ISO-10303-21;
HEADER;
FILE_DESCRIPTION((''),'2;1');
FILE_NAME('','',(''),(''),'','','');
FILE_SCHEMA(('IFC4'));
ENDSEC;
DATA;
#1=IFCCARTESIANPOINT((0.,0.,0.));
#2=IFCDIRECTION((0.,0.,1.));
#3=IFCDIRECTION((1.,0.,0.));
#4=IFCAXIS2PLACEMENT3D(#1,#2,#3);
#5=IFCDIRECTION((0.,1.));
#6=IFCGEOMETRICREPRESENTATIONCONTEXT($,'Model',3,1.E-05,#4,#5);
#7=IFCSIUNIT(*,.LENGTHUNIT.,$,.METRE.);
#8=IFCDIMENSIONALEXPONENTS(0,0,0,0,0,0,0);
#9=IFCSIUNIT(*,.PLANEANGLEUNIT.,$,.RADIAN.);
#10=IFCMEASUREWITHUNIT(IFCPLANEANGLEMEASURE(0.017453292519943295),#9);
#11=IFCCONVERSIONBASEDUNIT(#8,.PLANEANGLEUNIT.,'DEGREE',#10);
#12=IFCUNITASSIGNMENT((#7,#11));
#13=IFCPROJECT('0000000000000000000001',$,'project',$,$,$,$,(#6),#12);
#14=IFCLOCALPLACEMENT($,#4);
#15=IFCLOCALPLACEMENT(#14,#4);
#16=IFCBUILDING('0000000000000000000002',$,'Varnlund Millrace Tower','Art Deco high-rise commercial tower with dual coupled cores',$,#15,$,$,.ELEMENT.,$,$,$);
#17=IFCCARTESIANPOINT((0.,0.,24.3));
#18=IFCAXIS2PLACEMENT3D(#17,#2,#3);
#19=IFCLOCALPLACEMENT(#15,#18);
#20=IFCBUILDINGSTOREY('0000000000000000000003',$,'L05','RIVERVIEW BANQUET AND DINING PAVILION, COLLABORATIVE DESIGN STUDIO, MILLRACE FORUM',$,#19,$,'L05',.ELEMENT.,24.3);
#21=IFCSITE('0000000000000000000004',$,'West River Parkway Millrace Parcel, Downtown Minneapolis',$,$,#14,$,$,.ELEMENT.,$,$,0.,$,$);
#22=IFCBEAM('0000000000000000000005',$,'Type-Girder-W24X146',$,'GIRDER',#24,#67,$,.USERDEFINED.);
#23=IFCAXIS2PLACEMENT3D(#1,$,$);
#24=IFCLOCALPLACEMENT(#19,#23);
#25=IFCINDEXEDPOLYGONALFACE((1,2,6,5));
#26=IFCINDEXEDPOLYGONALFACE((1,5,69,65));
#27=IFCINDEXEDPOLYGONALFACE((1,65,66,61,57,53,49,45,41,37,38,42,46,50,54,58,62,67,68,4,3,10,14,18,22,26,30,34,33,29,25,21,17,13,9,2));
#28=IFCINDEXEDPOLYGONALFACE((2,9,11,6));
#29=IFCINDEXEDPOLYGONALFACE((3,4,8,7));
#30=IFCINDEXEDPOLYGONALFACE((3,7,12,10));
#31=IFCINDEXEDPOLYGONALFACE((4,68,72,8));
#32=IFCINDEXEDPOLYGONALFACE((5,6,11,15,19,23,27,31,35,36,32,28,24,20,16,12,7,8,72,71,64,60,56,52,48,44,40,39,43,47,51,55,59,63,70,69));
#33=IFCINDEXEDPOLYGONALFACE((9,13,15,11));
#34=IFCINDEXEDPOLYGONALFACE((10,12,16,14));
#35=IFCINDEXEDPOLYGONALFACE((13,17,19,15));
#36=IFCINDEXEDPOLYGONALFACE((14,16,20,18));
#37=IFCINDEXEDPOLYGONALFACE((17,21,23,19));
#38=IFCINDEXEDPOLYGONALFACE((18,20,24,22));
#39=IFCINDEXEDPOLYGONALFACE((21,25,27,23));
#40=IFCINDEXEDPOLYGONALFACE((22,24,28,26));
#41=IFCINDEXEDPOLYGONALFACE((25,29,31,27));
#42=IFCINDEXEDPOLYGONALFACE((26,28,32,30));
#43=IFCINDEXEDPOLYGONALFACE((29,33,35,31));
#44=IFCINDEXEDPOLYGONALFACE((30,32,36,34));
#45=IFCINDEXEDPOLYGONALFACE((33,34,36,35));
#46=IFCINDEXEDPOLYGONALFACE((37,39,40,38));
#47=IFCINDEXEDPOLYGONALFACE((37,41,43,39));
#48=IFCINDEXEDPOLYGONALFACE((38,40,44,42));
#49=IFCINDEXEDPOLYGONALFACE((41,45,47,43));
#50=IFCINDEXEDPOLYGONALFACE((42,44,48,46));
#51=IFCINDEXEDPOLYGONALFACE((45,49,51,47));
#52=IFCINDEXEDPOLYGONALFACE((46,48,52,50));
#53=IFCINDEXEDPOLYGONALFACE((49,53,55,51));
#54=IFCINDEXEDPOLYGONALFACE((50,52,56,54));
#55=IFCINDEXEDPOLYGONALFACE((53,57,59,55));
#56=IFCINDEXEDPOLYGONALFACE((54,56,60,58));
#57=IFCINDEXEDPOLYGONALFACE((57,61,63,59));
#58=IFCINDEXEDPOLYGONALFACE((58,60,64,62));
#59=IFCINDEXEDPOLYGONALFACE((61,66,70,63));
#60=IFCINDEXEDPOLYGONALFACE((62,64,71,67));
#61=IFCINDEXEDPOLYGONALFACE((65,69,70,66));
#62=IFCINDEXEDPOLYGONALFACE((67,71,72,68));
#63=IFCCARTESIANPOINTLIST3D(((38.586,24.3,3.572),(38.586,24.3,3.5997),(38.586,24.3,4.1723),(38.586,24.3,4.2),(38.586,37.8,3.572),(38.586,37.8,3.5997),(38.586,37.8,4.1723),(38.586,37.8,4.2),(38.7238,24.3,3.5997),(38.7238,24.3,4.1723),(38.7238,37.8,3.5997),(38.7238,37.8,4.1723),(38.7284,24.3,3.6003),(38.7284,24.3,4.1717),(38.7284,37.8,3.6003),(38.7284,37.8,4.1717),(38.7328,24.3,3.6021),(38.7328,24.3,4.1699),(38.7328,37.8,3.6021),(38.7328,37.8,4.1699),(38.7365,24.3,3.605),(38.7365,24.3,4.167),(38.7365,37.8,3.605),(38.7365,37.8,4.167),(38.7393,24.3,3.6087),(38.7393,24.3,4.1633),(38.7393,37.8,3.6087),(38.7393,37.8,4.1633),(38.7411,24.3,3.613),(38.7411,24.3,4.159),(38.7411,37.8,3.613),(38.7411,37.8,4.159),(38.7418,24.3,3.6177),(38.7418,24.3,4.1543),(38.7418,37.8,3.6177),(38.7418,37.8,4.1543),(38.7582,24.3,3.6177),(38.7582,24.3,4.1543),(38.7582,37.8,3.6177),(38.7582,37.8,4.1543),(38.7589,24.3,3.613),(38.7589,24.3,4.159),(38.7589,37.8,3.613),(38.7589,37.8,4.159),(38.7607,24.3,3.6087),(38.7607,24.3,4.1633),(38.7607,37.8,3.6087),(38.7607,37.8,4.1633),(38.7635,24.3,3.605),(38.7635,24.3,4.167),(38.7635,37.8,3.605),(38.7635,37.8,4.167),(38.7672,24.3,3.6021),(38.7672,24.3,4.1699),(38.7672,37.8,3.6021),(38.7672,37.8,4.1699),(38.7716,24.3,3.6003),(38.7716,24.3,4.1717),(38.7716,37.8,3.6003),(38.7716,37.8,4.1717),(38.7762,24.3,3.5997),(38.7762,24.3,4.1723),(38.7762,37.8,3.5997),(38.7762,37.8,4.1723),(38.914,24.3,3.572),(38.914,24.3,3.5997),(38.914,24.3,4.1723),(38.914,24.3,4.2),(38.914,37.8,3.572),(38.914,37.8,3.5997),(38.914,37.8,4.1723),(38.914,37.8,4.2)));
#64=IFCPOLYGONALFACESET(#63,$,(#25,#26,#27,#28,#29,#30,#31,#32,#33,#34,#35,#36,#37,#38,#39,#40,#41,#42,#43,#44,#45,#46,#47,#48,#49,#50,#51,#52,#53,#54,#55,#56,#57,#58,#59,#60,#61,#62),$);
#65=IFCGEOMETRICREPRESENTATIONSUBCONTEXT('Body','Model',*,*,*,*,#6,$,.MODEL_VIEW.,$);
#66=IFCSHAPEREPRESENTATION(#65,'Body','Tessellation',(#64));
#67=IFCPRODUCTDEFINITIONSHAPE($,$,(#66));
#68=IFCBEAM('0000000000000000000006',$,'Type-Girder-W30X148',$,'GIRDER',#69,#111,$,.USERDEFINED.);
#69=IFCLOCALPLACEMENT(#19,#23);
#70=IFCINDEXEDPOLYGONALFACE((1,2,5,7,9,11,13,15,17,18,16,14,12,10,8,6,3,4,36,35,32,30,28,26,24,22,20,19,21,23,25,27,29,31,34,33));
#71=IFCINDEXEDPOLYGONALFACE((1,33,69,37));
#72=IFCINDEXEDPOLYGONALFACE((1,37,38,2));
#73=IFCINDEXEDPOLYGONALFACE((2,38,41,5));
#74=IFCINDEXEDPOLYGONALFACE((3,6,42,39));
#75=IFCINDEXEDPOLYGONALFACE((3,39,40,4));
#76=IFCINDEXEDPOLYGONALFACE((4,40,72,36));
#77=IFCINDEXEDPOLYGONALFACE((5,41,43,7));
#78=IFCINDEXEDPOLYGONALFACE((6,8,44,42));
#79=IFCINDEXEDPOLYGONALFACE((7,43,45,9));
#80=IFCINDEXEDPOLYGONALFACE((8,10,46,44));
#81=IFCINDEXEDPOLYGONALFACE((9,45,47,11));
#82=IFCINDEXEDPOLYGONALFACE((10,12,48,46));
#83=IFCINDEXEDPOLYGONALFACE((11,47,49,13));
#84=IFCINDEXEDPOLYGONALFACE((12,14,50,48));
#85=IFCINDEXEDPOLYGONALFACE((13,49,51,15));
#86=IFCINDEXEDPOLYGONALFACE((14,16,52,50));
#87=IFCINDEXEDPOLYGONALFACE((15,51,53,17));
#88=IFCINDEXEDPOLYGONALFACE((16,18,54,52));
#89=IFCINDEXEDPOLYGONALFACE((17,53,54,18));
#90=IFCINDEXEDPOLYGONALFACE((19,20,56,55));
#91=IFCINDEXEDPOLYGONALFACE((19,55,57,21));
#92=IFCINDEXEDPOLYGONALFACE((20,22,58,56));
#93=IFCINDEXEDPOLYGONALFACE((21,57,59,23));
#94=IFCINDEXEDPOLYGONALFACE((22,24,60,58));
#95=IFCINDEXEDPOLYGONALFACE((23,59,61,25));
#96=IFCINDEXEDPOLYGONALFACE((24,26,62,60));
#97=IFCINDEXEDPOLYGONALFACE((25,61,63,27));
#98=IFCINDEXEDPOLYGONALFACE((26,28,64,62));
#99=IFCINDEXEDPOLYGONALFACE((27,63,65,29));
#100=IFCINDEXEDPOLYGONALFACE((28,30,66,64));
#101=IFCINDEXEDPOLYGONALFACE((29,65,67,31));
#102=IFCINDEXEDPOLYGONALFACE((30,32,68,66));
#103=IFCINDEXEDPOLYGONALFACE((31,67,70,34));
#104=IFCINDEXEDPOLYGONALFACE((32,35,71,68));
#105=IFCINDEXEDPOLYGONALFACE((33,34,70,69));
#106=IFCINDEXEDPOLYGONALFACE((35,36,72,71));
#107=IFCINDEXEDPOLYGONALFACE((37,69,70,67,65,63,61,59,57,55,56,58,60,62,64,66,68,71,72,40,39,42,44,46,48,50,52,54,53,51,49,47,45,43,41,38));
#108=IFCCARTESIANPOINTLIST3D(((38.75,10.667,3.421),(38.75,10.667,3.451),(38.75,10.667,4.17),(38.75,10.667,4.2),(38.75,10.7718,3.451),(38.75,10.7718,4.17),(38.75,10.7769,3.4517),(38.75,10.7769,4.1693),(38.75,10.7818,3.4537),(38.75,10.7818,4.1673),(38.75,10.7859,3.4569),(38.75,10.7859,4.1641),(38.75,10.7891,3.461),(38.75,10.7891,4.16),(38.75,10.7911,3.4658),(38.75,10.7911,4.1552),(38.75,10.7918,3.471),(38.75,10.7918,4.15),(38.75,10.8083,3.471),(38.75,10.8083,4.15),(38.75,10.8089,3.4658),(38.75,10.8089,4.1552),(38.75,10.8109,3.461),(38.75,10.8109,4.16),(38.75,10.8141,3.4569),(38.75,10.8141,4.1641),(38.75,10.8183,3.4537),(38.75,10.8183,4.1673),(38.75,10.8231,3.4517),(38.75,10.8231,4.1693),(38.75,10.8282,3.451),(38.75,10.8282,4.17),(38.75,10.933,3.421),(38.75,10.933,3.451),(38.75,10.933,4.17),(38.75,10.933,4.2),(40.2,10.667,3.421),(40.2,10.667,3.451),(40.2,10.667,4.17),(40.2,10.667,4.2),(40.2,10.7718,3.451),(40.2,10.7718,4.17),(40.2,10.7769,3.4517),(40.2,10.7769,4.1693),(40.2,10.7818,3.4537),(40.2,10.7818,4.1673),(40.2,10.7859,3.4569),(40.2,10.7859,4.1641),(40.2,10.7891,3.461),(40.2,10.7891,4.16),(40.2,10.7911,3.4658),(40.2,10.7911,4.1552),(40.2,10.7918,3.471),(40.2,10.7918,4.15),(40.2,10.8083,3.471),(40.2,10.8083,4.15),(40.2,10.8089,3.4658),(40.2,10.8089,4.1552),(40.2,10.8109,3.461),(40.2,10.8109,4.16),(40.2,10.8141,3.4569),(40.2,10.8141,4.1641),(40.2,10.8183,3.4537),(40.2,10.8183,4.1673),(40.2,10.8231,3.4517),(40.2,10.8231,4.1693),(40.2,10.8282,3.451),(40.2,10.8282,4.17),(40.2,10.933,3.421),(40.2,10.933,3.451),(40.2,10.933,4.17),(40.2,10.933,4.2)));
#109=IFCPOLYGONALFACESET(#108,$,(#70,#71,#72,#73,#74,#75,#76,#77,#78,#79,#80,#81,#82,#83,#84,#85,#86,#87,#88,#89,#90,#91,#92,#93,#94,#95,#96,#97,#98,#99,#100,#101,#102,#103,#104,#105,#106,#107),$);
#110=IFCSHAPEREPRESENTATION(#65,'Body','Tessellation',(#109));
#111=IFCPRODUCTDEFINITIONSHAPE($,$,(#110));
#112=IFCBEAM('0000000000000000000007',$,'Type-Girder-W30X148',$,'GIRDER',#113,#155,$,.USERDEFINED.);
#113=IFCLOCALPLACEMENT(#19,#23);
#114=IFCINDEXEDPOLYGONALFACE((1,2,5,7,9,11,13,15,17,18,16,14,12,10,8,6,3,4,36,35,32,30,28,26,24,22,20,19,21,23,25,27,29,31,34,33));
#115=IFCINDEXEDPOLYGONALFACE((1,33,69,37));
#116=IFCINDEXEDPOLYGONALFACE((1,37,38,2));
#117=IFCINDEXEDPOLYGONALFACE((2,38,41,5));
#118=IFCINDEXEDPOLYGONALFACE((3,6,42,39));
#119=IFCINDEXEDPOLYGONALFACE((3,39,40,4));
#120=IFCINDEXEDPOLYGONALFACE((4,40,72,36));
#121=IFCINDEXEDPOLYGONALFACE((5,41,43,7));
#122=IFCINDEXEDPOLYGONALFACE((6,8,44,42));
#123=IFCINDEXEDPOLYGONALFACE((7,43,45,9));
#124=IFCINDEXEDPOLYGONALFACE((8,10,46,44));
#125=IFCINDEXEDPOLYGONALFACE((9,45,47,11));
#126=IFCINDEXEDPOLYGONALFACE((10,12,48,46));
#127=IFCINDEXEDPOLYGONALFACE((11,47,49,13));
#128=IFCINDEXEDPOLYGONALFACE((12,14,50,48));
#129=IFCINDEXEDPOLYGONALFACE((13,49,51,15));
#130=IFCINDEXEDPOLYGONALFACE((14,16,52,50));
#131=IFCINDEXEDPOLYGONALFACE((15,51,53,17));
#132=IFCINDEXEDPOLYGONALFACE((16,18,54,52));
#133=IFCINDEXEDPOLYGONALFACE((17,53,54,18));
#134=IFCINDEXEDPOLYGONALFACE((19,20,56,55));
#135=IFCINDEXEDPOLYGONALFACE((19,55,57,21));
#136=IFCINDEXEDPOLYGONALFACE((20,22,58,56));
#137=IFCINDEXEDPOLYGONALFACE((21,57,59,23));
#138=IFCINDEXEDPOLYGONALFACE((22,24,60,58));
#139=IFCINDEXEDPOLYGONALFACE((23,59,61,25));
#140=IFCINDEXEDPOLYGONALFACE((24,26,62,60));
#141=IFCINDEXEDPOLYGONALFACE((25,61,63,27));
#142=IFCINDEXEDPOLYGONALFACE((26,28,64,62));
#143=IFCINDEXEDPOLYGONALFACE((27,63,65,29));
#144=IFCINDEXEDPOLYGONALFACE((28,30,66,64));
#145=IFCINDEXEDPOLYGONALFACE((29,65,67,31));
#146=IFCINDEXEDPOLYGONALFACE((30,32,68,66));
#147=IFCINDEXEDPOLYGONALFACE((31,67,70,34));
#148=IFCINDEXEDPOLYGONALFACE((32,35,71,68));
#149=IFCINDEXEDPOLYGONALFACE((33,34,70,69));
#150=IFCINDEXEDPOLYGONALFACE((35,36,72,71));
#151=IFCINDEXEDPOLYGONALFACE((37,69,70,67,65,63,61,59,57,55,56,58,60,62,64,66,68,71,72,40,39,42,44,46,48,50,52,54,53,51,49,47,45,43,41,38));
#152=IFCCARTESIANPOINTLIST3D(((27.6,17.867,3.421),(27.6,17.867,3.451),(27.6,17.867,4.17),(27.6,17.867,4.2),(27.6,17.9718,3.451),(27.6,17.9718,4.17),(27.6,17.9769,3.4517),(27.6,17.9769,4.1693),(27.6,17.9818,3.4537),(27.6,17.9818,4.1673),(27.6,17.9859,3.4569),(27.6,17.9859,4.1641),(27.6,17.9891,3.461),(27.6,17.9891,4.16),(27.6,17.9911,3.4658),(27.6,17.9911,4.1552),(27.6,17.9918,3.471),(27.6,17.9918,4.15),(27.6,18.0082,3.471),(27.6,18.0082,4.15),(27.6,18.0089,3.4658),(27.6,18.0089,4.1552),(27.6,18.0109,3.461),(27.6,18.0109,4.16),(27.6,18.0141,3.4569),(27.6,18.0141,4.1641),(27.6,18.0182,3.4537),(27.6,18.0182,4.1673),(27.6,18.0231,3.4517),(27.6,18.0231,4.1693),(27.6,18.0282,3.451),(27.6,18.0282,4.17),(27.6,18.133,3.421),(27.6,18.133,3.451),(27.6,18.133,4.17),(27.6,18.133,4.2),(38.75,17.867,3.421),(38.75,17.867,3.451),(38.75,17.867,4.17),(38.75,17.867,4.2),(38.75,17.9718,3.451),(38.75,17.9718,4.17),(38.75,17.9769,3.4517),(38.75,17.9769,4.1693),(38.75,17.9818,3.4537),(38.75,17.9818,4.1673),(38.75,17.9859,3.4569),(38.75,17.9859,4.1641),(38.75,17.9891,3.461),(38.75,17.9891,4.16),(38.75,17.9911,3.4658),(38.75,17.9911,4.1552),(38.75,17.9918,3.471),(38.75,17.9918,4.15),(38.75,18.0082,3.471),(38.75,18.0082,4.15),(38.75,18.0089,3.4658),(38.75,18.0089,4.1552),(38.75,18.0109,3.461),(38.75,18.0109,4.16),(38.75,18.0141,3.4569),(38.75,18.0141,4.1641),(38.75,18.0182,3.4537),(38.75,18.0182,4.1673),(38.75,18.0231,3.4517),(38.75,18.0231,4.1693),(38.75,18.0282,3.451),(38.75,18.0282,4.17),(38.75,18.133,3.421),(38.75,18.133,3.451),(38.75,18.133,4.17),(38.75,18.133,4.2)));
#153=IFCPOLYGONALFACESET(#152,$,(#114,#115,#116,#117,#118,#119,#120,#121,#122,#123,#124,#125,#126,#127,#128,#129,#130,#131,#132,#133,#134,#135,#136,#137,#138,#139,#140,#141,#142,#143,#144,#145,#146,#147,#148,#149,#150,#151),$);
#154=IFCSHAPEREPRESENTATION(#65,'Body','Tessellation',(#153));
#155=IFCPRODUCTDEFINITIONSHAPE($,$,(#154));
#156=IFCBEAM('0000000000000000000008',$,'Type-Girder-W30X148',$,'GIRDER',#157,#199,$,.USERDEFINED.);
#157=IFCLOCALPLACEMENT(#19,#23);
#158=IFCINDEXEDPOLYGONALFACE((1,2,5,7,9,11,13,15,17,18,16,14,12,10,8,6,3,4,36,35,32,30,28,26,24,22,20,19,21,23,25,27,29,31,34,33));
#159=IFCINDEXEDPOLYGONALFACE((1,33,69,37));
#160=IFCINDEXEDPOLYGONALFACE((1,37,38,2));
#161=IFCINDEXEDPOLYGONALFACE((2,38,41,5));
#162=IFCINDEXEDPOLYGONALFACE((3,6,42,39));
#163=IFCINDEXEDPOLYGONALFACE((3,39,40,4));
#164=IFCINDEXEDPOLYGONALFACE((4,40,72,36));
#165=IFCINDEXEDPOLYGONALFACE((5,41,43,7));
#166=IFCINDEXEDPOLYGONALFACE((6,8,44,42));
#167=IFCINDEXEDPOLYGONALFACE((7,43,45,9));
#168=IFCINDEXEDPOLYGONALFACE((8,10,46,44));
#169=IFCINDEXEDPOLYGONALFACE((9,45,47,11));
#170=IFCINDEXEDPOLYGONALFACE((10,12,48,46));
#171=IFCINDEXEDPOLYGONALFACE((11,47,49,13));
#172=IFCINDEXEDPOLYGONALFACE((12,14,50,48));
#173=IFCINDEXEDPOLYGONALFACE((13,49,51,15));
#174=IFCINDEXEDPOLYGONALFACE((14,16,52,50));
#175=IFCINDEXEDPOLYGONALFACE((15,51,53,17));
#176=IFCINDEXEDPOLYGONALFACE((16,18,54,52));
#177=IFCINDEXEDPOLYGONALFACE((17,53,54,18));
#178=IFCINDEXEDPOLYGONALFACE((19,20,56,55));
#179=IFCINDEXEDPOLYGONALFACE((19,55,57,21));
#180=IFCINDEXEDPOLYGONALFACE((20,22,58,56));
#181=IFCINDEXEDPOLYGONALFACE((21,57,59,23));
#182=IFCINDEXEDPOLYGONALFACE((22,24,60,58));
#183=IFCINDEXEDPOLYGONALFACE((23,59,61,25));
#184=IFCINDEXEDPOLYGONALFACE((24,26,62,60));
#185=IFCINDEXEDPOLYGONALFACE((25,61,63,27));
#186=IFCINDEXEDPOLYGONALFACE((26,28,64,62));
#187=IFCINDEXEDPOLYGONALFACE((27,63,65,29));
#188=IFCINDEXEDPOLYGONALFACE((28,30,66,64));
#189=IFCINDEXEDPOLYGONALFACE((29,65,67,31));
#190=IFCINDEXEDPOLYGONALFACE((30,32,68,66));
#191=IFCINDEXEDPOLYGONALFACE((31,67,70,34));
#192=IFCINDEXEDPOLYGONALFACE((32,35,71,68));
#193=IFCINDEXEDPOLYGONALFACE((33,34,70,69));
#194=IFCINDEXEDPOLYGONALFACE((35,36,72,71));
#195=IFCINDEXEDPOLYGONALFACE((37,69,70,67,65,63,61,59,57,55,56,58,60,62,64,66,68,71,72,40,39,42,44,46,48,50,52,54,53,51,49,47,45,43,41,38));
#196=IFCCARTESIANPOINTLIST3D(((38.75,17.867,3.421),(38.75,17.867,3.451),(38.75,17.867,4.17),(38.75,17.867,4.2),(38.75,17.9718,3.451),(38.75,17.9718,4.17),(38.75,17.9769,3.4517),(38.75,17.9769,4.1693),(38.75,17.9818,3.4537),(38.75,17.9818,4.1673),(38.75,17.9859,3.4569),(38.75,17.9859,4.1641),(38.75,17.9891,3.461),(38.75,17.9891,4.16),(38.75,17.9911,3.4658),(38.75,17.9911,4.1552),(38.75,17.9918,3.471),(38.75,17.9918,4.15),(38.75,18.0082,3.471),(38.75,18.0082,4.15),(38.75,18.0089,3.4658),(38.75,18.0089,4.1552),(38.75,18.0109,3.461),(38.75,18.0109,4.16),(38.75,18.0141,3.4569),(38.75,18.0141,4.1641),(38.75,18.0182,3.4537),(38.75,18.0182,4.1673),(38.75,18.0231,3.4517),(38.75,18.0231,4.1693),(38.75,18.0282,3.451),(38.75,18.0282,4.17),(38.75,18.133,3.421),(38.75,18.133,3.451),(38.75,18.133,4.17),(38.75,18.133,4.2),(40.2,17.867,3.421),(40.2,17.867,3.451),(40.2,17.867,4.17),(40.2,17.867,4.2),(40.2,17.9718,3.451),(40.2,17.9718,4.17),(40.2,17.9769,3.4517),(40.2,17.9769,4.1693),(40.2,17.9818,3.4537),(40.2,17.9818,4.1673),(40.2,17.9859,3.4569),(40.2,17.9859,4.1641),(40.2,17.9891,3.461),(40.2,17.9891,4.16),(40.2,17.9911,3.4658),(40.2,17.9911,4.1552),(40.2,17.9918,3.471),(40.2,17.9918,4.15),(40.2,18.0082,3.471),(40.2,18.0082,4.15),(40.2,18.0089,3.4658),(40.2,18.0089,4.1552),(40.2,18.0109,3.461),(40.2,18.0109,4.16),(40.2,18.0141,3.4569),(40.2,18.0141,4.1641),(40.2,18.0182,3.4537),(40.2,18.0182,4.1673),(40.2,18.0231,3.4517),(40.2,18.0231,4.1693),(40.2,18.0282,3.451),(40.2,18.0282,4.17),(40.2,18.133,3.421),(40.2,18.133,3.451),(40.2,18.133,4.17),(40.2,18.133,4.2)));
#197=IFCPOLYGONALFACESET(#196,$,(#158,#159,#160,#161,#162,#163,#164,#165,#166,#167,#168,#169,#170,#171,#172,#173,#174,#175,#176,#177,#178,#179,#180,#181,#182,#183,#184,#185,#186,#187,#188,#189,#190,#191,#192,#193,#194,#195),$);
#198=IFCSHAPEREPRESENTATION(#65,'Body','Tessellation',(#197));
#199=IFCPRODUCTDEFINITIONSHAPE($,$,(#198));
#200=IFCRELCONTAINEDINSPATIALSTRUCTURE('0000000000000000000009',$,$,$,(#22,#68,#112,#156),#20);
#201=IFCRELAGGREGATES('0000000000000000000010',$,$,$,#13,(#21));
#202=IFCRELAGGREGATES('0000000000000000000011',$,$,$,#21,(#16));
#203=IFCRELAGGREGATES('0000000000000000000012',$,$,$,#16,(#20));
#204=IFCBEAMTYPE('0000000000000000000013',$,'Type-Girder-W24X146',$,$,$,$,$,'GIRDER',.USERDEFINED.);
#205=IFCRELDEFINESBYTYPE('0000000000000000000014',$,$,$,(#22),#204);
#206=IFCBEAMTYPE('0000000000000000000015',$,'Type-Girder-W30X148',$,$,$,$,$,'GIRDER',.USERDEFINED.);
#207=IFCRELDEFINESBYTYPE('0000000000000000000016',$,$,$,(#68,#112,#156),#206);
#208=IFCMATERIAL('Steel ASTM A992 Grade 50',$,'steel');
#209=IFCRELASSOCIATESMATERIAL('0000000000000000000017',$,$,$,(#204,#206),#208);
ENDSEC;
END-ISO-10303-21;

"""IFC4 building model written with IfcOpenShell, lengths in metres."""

from ifc_helpers import new_model, entity, si_unit, converted_unit, direction, frame, origin_with_axes, origin_2d_with_axis, place, context, subcontext, project, spatial, i_section, extrude, material, material_profile, profile_set, type_object, element, save


model = new_model("IFC4")

# Units and contexts
model_context = context("Model", 3, precision=1e-05, world=origin_with_axes(), true_north=direction((0.0, 1.0)))
body_context = subcontext(model_context, "Body", "Model", "MODEL_VIEW")
ifc_project = project(units=[si_unit("LENGTHUNIT", "METRE"), converted_unit("PLANEANGLEUNIT", "DEGREE", entity("IfcPlaneAngleMeasure", 0.017453292519943295), si_unit("PLANEANGLEUNIT", "RADIAN"), dimensions=[0, 0, 0, 0, 0, 0, 0])], contexts=[model_context])

# Site, building, storey
site_placement = place(None, origin_with_axes())
site = spatial("IfcSite", under=ifc_project, at=site_placement, Name="West River Parkway Millrace Parcel, Downtown Minneapolis", CompositionType="ELEMENT", RefElevation=0.0)
building_placement = place(site_placement, origin_with_axes())
building = spatial("IfcBuilding", under=site, at=building_placement, Name="Varnlund Millrace Tower", Description="Art Deco high-rise commercial tower with dual coupled cores", CompositionType="ELEMENT")
storey_placement = place(building_placement, frame((0.0, 0.0, 24.3), z_axis=(0.0, 0.0, 1.0), x_axis=(1.0, 0.0, 0.0)))
storey = spatial("IfcBuildingStorey", under=building, at=storey_placement, Name="L05", Description="RIVERVIEW BANQUET AND DINING PAVILION, COLLABORATIVE DESIGN STUDIO, MILLRACE FORUM", LongName="L05", CompositionType="ELEMENT", Elevation=24.3)

# Beams
ifc_material_1 = material(Name="Steel ASTM A992 Grade 50", Category="steel")
ifc_material_profile_1 = material_profile(ifc_material_1, i_section(OverallWidth=0.328, OverallDepth=0.628, WebThickness=0.0165, FlangeThickness=0.0277, FilletRadius=0.018, at=origin_2d_with_axis()), Name="Steel ASTM A992 Grade 50")
ifc_profile_set_1 = profile_set([ifc_material_profile_1], Name="Steel ASTM A992 Grade 50")
beam_type_1 = type_object("IfcBeamType", Name="Type-Girder-W24X146", ElementType="GIRDER", PredefinedType="USERDEFINED", material=ifc_profile_set_1)
beam_1_placement = place(storey_placement, frame((38.75, 24.3, 3.886), z_axis=(0.0, 1.0, 0.0), x_axis=(-1.0, 0.0, 0.0)))
element("IfcBeam", 1, at=beam_1_placement, inside=storey, type_object=beam_type_1, Name="Type-Girder-W24X146", ObjectType="GIRDER", PredefinedType="USERDEFINED", context=body_context, shape_type="SweptSolid", body=[
    extrude(i_section(OverallWidth=0.328, OverallDepth=0.628, WebThickness=0.0165, FlangeThickness=0.0277, FilletRadius=0.018, at=origin_2d_with_axis()), origin_with_axes(), (0.0, 0.0, 1.0), 13.5),
])
ifc_material_profile_2 = material_profile(ifc_material_1, i_section(OverallWidth=0.266, OverallDepth=0.779, WebThickness=0.0165, FlangeThickness=0.03, FilletRadius=0.02, at=origin_2d_with_axis()), Name="Steel ASTM A992 Grade 50")
ifc_profile_set_2 = profile_set([ifc_material_profile_2], Name="Steel ASTM A992 Grade 50")
beam_type_2 = type_object("IfcBeamType", Name="Type-Girder-W30X148", ElementType="GIRDER", PredefinedType="USERDEFINED", material=ifc_profile_set_2)
beam_2_placement = place(storey_placement, frame((38.75, 10.8, 3.8105), z_axis=(1.0, 0.0, 0.0), x_axis=(0.0, 1.0, 0.0)))
element("IfcBeam", 2, at=beam_2_placement, inside=storey, type_object=beam_type_2, Name="Type-Girder-W30X148", ObjectType="GIRDER", PredefinedType="USERDEFINED", context=body_context, shape_type="SweptSolid", body=[
    extrude(i_section(OverallWidth=0.266, OverallDepth=0.779, WebThickness=0.0165, FlangeThickness=0.03, FilletRadius=0.02, at=origin_2d_with_axis()), origin_with_axes(), (0.0, 0.0, 1.0), 1.45),
])
beam_3_placement = place(storey_placement, frame((27.6, 18.0, 3.8105), z_axis=(1.0, 0.0, 0.0), x_axis=(0.0, 1.0, 0.0)))
element("IfcBeam", 3, at=beam_3_placement, inside=storey, type_object=beam_type_2, Name="Type-Girder-W30X148", ObjectType="GIRDER", PredefinedType="USERDEFINED", context=body_context, shape_type="SweptSolid", body=[
    extrude(i_section(OverallWidth=0.266, OverallDepth=0.779, WebThickness=0.0165, FlangeThickness=0.03, FilletRadius=0.02, at=origin_2d_with_axis()), origin_with_axes(), (0.0, 0.0, 1.0), 11.15),
])
beam_4_placement = place(storey_placement, frame((38.75, 18.0, 3.8105), z_axis=(1.0, 0.0, 0.0), x_axis=(0.0, 1.0, 0.0)))
element("IfcBeam", 4, at=beam_4_placement, inside=storey, type_object=beam_type_2, Name="Type-Girder-W30X148", ObjectType="GIRDER", PredefinedType="USERDEFINED", context=body_context, shape_type="SweptSolid", body=[
    extrude(i_section(OverallWidth=0.266, OverallDepth=0.779, WebThickness=0.0165, FlangeThickness=0.03, FilletRadius=0.02, at=origin_2d_with_axis()), origin_with_axes(), (0.0, 0.0, 1.0), 1.45),
])

save(model, "model.ifc")
